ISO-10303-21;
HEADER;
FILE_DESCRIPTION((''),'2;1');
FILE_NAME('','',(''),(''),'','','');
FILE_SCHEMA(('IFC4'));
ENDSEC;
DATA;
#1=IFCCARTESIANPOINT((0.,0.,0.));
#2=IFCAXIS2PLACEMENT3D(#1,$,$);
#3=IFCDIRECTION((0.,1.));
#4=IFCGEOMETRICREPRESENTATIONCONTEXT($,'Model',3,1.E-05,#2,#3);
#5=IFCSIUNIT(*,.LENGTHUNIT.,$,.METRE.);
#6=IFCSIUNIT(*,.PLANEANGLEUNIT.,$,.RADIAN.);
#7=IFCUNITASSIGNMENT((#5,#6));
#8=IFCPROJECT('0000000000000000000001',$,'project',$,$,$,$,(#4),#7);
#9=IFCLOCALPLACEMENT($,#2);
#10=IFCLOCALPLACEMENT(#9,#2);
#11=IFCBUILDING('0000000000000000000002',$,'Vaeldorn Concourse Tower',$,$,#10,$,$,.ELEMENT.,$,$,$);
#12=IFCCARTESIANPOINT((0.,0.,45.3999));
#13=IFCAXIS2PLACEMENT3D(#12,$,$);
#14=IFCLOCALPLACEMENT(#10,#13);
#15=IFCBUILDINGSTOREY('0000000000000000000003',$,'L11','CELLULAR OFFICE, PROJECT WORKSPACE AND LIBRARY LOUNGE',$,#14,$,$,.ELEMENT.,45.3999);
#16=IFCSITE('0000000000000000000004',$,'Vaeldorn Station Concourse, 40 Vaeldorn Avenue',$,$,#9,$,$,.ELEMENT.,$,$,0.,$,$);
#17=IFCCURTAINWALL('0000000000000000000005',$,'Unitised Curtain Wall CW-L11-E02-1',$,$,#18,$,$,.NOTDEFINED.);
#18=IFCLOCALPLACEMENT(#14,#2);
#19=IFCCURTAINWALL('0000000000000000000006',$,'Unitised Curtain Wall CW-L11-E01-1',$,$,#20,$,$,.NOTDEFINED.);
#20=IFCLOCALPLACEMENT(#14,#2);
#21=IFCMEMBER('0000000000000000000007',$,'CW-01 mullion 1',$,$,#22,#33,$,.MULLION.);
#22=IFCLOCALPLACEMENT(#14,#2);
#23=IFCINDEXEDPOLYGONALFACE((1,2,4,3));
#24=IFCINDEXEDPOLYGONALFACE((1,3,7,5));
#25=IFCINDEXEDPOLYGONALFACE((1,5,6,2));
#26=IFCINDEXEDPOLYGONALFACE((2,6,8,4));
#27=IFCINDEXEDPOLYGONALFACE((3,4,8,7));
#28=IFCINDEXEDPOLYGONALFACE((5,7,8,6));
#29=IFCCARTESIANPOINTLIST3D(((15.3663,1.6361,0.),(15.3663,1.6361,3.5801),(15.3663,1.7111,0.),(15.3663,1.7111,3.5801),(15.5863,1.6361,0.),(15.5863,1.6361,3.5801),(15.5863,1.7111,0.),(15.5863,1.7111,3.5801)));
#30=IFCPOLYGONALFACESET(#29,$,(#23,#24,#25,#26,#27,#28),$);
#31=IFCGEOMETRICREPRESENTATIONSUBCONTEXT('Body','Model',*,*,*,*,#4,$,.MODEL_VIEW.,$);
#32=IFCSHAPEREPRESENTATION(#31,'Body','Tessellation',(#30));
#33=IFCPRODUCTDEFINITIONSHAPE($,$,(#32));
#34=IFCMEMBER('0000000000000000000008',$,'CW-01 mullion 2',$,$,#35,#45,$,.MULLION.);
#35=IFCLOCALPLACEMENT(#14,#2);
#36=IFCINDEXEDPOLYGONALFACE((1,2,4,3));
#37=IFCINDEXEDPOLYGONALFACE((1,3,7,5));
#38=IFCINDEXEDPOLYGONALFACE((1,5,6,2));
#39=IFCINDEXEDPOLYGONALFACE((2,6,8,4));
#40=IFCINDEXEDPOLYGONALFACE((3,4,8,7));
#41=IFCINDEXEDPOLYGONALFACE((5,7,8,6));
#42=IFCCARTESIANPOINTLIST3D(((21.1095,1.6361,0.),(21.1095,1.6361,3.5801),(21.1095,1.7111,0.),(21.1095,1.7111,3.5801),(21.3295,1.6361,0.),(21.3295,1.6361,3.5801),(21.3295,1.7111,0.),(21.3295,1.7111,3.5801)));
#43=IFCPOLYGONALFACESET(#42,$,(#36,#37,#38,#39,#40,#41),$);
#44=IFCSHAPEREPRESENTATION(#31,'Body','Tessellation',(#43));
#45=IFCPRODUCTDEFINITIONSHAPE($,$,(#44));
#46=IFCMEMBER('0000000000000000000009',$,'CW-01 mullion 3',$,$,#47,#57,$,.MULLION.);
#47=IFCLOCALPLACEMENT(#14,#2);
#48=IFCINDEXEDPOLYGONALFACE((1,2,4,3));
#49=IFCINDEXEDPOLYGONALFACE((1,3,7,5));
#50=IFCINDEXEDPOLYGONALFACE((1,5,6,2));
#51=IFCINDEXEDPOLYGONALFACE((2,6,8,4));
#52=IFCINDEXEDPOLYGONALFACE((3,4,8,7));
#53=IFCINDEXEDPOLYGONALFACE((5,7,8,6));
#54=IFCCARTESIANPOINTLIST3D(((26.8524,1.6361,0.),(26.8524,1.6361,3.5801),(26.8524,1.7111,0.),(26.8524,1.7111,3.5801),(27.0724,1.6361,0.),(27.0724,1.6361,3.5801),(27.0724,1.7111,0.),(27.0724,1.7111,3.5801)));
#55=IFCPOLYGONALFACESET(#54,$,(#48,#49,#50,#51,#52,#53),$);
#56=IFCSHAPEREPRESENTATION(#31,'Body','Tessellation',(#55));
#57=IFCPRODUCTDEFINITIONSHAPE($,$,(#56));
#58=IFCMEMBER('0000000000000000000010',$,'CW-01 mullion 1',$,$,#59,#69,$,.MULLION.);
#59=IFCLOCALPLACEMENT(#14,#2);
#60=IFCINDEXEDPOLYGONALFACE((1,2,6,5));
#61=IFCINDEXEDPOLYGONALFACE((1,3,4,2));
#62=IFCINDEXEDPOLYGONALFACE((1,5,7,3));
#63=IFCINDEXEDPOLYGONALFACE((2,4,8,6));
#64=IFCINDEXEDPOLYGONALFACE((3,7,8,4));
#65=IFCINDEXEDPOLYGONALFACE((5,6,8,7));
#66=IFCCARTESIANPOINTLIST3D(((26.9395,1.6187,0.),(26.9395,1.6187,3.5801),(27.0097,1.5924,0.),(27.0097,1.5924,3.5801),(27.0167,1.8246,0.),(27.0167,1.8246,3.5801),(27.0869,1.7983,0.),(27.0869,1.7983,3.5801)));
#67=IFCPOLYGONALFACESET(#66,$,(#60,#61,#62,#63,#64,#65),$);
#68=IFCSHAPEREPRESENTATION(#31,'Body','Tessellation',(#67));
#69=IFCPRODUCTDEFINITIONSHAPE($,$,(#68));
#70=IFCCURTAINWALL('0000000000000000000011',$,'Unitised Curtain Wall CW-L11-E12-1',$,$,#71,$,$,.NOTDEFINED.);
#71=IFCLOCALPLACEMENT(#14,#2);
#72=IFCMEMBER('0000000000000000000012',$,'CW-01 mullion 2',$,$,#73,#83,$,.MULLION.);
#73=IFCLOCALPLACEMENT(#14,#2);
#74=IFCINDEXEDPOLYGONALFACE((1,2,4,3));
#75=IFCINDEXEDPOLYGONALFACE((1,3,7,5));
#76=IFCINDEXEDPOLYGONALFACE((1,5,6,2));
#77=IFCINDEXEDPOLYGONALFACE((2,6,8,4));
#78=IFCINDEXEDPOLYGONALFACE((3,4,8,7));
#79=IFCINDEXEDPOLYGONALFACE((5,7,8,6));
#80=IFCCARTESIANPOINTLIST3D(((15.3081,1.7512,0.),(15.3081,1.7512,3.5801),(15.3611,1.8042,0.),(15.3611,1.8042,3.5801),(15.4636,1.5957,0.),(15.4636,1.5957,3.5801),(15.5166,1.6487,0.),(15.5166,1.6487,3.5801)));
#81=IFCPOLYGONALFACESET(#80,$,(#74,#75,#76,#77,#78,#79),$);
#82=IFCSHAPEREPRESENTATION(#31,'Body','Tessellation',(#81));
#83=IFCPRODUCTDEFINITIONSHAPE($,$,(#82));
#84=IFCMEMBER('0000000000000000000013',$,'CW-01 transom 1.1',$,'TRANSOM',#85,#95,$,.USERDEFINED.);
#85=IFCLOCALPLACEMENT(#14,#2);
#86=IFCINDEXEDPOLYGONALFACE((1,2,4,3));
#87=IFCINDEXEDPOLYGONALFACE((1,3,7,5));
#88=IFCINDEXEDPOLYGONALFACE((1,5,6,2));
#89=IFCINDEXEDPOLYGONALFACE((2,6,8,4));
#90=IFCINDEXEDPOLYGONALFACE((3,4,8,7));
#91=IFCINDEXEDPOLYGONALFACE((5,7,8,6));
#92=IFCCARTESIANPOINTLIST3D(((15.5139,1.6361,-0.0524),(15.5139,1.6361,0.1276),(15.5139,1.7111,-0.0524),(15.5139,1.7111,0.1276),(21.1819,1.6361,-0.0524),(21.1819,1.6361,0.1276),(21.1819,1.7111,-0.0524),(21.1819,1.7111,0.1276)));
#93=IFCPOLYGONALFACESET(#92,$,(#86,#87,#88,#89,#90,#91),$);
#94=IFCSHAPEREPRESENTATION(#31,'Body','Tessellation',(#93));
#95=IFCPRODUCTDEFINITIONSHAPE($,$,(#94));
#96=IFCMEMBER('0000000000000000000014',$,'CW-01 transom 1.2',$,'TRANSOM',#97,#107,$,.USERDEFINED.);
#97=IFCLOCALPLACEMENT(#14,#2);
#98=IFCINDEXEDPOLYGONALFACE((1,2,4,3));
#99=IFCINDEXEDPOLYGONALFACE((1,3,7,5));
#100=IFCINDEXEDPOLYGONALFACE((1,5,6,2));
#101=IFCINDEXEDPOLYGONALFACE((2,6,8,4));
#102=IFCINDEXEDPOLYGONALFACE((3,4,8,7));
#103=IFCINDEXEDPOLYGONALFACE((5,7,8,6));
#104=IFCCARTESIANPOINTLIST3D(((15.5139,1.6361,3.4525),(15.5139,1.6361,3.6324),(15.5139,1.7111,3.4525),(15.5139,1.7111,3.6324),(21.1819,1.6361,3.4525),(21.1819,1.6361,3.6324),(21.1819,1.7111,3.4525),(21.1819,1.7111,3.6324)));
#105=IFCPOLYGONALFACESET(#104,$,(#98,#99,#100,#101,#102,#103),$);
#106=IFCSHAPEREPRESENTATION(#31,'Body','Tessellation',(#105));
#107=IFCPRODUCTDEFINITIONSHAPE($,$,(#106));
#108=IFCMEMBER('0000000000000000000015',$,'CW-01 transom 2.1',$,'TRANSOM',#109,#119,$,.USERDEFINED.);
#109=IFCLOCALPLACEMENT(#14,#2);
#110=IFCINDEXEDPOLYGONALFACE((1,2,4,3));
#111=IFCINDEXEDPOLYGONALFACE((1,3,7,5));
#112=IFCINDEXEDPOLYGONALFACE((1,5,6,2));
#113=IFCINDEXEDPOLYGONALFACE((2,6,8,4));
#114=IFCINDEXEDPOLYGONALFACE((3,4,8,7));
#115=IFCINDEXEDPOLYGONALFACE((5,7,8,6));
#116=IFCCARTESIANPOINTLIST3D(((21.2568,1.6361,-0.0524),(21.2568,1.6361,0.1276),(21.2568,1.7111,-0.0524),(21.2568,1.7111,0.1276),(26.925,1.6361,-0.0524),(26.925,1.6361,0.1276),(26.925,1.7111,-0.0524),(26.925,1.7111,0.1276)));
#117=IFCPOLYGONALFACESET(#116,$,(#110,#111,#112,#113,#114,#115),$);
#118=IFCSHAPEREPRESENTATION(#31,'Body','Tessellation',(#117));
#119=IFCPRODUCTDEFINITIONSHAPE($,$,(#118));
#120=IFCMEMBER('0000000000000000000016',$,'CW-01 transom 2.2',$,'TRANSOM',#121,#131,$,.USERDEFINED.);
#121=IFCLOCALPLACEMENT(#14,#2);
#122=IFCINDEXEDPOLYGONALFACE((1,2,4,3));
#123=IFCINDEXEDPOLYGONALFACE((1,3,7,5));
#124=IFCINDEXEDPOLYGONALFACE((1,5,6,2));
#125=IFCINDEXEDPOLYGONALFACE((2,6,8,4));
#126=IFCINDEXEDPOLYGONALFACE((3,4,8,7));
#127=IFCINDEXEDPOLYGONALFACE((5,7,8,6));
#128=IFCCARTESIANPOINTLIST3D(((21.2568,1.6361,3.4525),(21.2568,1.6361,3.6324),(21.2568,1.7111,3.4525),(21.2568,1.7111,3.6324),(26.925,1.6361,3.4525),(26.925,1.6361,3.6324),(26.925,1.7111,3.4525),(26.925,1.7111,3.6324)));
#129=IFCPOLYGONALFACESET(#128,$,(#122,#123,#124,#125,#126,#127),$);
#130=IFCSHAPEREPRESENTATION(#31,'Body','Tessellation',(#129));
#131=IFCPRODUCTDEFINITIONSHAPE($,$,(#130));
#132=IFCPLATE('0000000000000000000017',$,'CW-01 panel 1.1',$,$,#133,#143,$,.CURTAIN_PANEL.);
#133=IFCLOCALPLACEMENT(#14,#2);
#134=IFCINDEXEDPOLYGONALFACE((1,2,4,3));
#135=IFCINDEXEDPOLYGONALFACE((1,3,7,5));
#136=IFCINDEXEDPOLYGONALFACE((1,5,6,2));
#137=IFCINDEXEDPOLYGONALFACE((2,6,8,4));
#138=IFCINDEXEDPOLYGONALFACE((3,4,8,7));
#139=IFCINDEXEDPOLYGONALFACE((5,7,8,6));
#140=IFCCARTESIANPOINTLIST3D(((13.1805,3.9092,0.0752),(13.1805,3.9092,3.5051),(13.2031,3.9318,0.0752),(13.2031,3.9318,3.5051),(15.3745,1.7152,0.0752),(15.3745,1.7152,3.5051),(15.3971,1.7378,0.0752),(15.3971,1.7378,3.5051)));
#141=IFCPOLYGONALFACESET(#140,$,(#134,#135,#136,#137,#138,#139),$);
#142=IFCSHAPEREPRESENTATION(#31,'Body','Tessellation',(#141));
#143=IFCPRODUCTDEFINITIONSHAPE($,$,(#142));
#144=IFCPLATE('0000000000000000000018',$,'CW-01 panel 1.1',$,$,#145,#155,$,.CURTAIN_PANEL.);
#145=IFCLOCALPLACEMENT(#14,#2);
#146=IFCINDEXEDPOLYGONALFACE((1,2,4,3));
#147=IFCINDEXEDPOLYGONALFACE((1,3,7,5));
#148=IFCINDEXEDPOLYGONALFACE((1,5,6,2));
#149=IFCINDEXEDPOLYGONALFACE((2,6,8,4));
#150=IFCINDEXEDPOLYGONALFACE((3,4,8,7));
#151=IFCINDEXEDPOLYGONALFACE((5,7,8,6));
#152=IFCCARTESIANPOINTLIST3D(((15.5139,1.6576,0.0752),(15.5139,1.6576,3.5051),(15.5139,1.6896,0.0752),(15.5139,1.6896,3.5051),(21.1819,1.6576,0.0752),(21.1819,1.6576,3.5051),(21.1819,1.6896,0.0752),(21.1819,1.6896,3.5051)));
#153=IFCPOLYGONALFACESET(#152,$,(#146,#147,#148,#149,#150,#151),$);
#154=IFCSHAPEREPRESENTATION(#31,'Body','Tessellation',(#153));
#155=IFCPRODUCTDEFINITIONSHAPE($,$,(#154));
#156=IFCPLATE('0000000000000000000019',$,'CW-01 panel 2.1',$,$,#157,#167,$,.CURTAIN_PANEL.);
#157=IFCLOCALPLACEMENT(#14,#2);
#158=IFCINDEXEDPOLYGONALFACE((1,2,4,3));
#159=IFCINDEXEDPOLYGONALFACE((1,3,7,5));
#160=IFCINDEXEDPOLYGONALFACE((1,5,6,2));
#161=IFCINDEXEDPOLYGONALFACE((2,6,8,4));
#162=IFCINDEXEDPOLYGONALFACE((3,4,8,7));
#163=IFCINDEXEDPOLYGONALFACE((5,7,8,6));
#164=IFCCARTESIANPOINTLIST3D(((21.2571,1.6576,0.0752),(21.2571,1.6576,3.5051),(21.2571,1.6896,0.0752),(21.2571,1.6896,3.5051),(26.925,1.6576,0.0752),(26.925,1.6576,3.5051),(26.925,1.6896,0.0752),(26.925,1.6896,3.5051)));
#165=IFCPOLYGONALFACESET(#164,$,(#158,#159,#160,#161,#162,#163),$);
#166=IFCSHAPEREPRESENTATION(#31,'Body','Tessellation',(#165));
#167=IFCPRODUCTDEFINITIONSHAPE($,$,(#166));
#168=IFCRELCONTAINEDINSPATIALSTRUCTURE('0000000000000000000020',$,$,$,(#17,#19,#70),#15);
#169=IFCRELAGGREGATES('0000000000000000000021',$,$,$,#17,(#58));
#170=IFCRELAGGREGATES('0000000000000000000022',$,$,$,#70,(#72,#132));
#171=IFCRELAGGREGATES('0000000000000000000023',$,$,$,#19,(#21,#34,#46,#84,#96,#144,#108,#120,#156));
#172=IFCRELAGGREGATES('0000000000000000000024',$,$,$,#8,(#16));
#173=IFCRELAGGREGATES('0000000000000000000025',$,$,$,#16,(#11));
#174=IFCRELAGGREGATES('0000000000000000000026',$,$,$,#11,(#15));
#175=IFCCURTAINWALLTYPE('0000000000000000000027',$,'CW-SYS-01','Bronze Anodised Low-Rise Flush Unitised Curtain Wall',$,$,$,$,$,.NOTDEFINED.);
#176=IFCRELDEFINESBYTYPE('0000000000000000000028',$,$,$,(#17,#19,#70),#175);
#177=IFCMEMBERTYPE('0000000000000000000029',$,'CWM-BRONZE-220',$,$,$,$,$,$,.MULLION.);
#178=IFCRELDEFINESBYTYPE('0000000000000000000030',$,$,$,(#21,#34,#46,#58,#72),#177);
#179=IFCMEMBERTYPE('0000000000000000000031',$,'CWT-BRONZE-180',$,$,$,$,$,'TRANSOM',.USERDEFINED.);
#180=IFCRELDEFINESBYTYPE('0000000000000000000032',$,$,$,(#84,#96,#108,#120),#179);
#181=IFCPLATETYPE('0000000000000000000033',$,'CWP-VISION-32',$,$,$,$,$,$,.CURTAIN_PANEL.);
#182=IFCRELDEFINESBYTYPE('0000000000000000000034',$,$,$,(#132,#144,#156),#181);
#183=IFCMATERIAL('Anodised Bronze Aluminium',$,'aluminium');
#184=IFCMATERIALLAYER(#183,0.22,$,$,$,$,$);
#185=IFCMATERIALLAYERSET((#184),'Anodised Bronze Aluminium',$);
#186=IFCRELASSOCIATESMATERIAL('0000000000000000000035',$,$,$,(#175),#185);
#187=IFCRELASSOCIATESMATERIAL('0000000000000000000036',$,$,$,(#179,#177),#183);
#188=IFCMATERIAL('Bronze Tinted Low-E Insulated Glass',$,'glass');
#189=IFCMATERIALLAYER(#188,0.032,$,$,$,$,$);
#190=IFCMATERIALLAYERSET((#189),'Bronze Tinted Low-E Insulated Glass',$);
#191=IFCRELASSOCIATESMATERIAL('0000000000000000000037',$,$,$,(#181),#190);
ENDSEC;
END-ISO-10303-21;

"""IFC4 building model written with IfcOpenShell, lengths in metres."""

from ifc_helpers import new_model, si_unit, direction, frame, origin, origin_2d, place, context, subcontext, project, spatial, rectangle, extrude, source, transform, mapped, material, layer, layer_set, material_profile, profile_set, type_object, element, aggregate, save


model = new_model("IFC4")

# Units and contexts
model_context = context("Model", 3, precision=1e-05, world=origin(), true_north=direction((0.0, 1.0)))
body_context = subcontext(model_context, "Body", "Model", "MODEL_VIEW")
ifc_project = project(units=[si_unit("LENGTHUNIT", "METRE"), si_unit("PLANEANGLEUNIT", "RADIAN")], contexts=[model_context])

# Site, building, storey
site_placement = place(None, origin())
site = spatial("IfcSite", under=ifc_project, at=site_placement, Name="Vaeldorn Station Concourse, 40 Vaeldorn Avenue", CompositionType="ELEMENT", RefElevation=0.0)
building_placement = place(site_placement, origin())
building = spatial("IfcBuilding", under=site, at=building_placement, Name="Vaeldorn Concourse Tower", CompositionType="ELEMENT")
storey_placement = place(building_placement, frame((0.0, 0.0, 45.3999)))
storey = spatial("IfcBuildingStorey", under=building, at=storey_placement, Name="L11", Description="CELLULAR OFFICE, PROJECT WORKSPACE AND LIBRARY LOUNGE", CompositionType="ELEMENT", Elevation=45.3999)

# Curtain walls, members
ifc_material_1 = material(Name="Anodised Bronze Aluminium", Category="aluminium")
ifc_layer_1 = layer(ifc_material_1, 0.22)
ifc_layer_set_1 = layer_set([ifc_layer_1], Name="Anodised Bronze Aluminium")
curtain_wall_type = type_object("IfcCurtainWallType", Name="CW-SYS-01", Description="Bronze Anodised Low-Rise Flush Unitised Curtain Wall", PredefinedType="NOTDEFINED", material=ifc_layer_set_1)
curtain_wall_1_placement = place(storey_placement, origin())
curtain_wall_1 = element("IfcCurtainWall", 1, at=curtain_wall_1_placement, inside=storey, type_object=curtain_wall_type, Name="Unitised Curtain Wall CW-L11-E02-1", PredefinedType="NOTDEFINED")
ifc_material_profile_1 = material_profile(ifc_material_1, rectangle(XDim=0.075, YDim=0.1799, at=origin_2d()), Name="CWT 75x180")
ifc_profile_set_1 = profile_set([ifc_material_profile_1], Name="Anodised Bronze Aluminium")
member_type_1 = type_object("IfcMemberType", Name="CWT-BRONZE-180", ElementType="TRANSOM", PredefinedType="USERDEFINED", material=ifc_profile_set_1)
curtain_wall_2_placement = place(storey_placement, origin())
curtain_wall_2 = element("IfcCurtainWall", 2, at=curtain_wall_2_placement, inside=storey, type_object=curtain_wall_type, Name="Unitised Curtain Wall CW-L11-E01-1", PredefinedType="NOTDEFINED")
ifc_material_profile_2 = material_profile(ifc_material_1, rectangle(XDim=0.075, YDim=0.22, at=origin_2d()), Name="CWM 75x220")
ifc_profile_set_2 = profile_set([ifc_material_profile_2], Name="Anodised Bronze Aluminium")
member_type_2 = type_object("IfcMemberType", Name="CWM-BRONZE-220", PredefinedType="MULLION", material=ifc_profile_set_2)
shared_shape_1 = source(origin(), body_context, "Body", "SweptSolid", [
    extrude(rectangle(XDim=0.075, YDim=0.22, at=origin_2d()), origin(), (0.0, 0.0, 1.0), 3.5801),
])
member_1_placement = place(storey_placement, frame((15.4763, 1.6736, 0.0), z_axis=(0.0, 0.0, 1.0), x_axis=(0.0, 1.0, 0.0)))
member_1 = element("IfcMember", 3, at=member_1_placement, type_object=member_type_2, Name="CW-01 mullion 1", PredefinedType="MULLION", context=body_context, shape_type="MappedRepresentation", body=[
    mapped(shared_shape_1, transform((0.0, 0.0, 0.0), scale=1.0)),
])
member_2_placement = place(storey_placement, frame((21.2195, 1.6736, 0.0), z_axis=(0.0, 0.0, 1.0), x_axis=(0.0, 1.0, 0.0)))
member_2 = element("IfcMember", 4, at=member_2_placement, type_object=member_type_2, Name="CW-01 mullion 2", PredefinedType="MULLION", context=body_context, shape_type="MappedRepresentation", body=[
    mapped(shared_shape_1, transform((0.0, 0.0, 0.0), scale=1.0)),
])
member_3_placement = place(storey_placement, frame((26.9624, 1.6736, 0.0), z_axis=(0.0, 0.0, 1.0), x_axis=(0.0, 1.0, 0.0)))
member_3 = element("IfcMember", 5, at=member_3_placement, type_object=member_type_2, Name="CW-01 mullion 3", PredefinedType="MULLION", context=body_context, shape_type="MappedRepresentation", body=[
    mapped(shared_shape_1, transform((0.0, 0.0, 0.0), scale=1.0)),
])

# Member
member_4_placement = place(storey_placement, frame((27.0132, 1.7085, 0.0), z_axis=(0.0, 0.0, 1.0), x_axis=(-0.936329, 0.351123, 0.0)))
member_4 = element("IfcMember", 6, at=member_4_placement, type_object=member_type_2, Name="CW-01 mullion 1", PredefinedType="MULLION", context=body_context, shape_type="MappedRepresentation", body=[
    mapped(shared_shape_1, transform((0.0, 0.0, 0.0), scale=1.0)),
])
aggregate(curtain_wall_1, [member_4])

# Curtain wall, member
curtain_wall_3_placement = place(storey_placement, origin())
curtain_wall_3 = element("IfcCurtainWall", 7, at=curtain_wall_3_placement, inside=storey, type_object=curtain_wall_type, Name="Unitised Curtain Wall CW-L11-E12-1", PredefinedType="NOTDEFINED")
member_5_placement = place(storey_placement, frame((15.4124, 1.7, 0.0), z_axis=(0.0, 0.0, 1.0), x_axis=(0.707107, 0.707107, 0.0)))
member_5 = element("IfcMember", 8, at=member_5_placement, type_object=member_type_2, Name="CW-01 mullion 2", PredefinedType="MULLION", context=body_context, shape_type="MappedRepresentation", body=[
    mapped(shared_shape_1, transform((0.0, 0.0, 0.0), scale=1.0)),
])

# Members
shared_shape_2 = source(origin(), body_context, "Body", "SweptSolid", [
    extrude(rectangle(XDim=0.075, YDim=0.1799, at=origin_2d()), origin(), (0.0, 0.0, 1.0), 5.668),
])
member_6_placement = place(storey_placement, frame((15.5139, 1.6736, 0.0376), z_axis=(1.0, 0.0, 0.0), x_axis=(0.0, 1.0, 0.0)))
member_6 = element("IfcMember", 9, at=member_6_placement, type_object=member_type_1, Name="CW-01 transom 1.1", ObjectType="TRANSOM", PredefinedType="USERDEFINED", context=body_context, shape_type="MappedRepresentation", body=[
    mapped(shared_shape_2, transform((0.0, 0.0, 0.0), scale=1.0)),
])
member_7_placement = place(storey_placement, frame((15.5139, 1.6736, 3.5425), z_axis=(1.0, 0.0, 0.0), x_axis=(0.0, 1.0, 0.0)))
member_7 = element("IfcMember", 10, at=member_7_placement, type_object=member_type_1, Name="CW-01 transom 1.2", ObjectType="TRANSOM", PredefinedType="USERDEFINED", context=body_context, shape_type="MappedRepresentation", body=[
    mapped(shared_shape_2, transform((0.0, 0.0, 0.0), scale=1.0)),
])
shared_shape_3 = source(origin(), body_context, "Body", "SweptSolid", [
    extrude(rectangle(XDim=0.075, YDim=0.1799, at=origin_2d()), origin(), (0.0, 0.0, 1.0), 5.6682),
])
member_8_placement = place(storey_placement, frame((21.2568, 1.6736, 0.0376), z_axis=(1.0, 0.0, 0.0), x_axis=(0.0, 1.0, 0.0)))
member_8 = element("IfcMember", 11, at=member_8_placement, type_object=member_type_1, Name="CW-01 transom 2.1", ObjectType="TRANSOM", PredefinedType="USERDEFINED", context=body_context, shape_type="MappedRepresentation", body=[
    mapped(shared_shape_3, transform((0.0, 0.0, 0.0), scale=1.0)),
])
member_9_placement = place(storey_placement, frame((21.2568, 1.6736, 3.5425), z_axis=(1.0, 0.0, 0.0), x_axis=(0.0, 1.0, 0.0)))
member_9 = element("IfcMember", 12, at=member_9_placement, type_object=member_type_1, Name="CW-01 transom 2.2", ObjectType="TRANSOM", PredefinedType="USERDEFINED", context=body_context, shape_type="MappedRepresentation", body=[
    mapped(shared_shape_3, transform((0.0, 0.0, 0.0), scale=1.0)),
])

# Plates
ifc_material_2 = material(Name="Bronze Tinted Low-E Insulated Glass", Category="glass")
ifc_layer_2 = layer(ifc_material_2, 0.032)
ifc_layer_set_2 = layer_set([ifc_layer_2], Name="Bronze Tinted Low-E Insulated Glass")
plate_type = type_object("IfcPlateType", Name="CWP-VISION-32", PredefinedType="CURTAIN_PANEL", material=ifc_layer_set_2)
shared_shape_4 = source(origin(), body_context, "Body", "SweptSolid", [
    extrude(rectangle(XDim=3.1028, YDim=0.032, at=origin_2d()), origin(), (0.0, 0.0, 1.0), 3.4299),
])
plate_1_placement = place(storey_placement, frame((14.2888, 2.8235, 0.0752), z_axis=(0.0, 0.0, 1.0), x_axis=(0.707107, -0.707107, 0.0)))
plate_1 = element("IfcPlate", 13, at=plate_1_placement, type_object=plate_type, Name="CW-01 panel 1.1", PredefinedType="CURTAIN_PANEL", context=body_context, shape_type="MappedRepresentation", body=[
    mapped(shared_shape_4, transform((0.0, 0.0, 0.0), scale=1.0)),
])
aggregate(curtain_wall_3, [member_5, plate_1])
shared_shape_5 = source(origin(), body_context, "Body", "SweptSolid", [
    extrude(rectangle(XDim=5.668, YDim=0.032, at=origin_2d()), origin(), (0.0, 0.0, 1.0), 3.4299),
])
plate_2_placement = place(storey_placement, frame((18.3479, 1.6736, 0.0752), z_axis=(0.0, 0.0, 1.0), x_axis=(1.0, 0.0, 0.0)))
plate_2 = element("IfcPlate", 14, at=plate_2_placement, type_object=plate_type, Name="CW-01 panel 1.1", PredefinedType="CURTAIN_PANEL", context=body_context, shape_type="MappedRepresentation", body=[
    mapped(shared_shape_5, transform((0.0, 0.0, 0.0), scale=1.0)),
])
plate_3_placement = place(storey_placement, frame((24.0911, 1.6736, 0.0752), z_axis=(0.0, 0.0, 1.0), x_axis=(1.0, 0.0, 0.0)))
plate_3 = element("IfcPlate", 15, at=plate_3_placement, type_object=plate_type, Name="CW-01 panel 2.1", PredefinedType="CURTAIN_PANEL", context=body_context, shape_type="MappedRepresentation", body=[
    mapped(shared_shape_5, transform((0.0, 0.0, 0.0), scale=1.0)),
])
aggregate(curtain_wall_2, [member_1, member_2, member_3, member_6, member_7, plate_2, member_8, member_9, plate_3])

save(model, "model.ifc")
